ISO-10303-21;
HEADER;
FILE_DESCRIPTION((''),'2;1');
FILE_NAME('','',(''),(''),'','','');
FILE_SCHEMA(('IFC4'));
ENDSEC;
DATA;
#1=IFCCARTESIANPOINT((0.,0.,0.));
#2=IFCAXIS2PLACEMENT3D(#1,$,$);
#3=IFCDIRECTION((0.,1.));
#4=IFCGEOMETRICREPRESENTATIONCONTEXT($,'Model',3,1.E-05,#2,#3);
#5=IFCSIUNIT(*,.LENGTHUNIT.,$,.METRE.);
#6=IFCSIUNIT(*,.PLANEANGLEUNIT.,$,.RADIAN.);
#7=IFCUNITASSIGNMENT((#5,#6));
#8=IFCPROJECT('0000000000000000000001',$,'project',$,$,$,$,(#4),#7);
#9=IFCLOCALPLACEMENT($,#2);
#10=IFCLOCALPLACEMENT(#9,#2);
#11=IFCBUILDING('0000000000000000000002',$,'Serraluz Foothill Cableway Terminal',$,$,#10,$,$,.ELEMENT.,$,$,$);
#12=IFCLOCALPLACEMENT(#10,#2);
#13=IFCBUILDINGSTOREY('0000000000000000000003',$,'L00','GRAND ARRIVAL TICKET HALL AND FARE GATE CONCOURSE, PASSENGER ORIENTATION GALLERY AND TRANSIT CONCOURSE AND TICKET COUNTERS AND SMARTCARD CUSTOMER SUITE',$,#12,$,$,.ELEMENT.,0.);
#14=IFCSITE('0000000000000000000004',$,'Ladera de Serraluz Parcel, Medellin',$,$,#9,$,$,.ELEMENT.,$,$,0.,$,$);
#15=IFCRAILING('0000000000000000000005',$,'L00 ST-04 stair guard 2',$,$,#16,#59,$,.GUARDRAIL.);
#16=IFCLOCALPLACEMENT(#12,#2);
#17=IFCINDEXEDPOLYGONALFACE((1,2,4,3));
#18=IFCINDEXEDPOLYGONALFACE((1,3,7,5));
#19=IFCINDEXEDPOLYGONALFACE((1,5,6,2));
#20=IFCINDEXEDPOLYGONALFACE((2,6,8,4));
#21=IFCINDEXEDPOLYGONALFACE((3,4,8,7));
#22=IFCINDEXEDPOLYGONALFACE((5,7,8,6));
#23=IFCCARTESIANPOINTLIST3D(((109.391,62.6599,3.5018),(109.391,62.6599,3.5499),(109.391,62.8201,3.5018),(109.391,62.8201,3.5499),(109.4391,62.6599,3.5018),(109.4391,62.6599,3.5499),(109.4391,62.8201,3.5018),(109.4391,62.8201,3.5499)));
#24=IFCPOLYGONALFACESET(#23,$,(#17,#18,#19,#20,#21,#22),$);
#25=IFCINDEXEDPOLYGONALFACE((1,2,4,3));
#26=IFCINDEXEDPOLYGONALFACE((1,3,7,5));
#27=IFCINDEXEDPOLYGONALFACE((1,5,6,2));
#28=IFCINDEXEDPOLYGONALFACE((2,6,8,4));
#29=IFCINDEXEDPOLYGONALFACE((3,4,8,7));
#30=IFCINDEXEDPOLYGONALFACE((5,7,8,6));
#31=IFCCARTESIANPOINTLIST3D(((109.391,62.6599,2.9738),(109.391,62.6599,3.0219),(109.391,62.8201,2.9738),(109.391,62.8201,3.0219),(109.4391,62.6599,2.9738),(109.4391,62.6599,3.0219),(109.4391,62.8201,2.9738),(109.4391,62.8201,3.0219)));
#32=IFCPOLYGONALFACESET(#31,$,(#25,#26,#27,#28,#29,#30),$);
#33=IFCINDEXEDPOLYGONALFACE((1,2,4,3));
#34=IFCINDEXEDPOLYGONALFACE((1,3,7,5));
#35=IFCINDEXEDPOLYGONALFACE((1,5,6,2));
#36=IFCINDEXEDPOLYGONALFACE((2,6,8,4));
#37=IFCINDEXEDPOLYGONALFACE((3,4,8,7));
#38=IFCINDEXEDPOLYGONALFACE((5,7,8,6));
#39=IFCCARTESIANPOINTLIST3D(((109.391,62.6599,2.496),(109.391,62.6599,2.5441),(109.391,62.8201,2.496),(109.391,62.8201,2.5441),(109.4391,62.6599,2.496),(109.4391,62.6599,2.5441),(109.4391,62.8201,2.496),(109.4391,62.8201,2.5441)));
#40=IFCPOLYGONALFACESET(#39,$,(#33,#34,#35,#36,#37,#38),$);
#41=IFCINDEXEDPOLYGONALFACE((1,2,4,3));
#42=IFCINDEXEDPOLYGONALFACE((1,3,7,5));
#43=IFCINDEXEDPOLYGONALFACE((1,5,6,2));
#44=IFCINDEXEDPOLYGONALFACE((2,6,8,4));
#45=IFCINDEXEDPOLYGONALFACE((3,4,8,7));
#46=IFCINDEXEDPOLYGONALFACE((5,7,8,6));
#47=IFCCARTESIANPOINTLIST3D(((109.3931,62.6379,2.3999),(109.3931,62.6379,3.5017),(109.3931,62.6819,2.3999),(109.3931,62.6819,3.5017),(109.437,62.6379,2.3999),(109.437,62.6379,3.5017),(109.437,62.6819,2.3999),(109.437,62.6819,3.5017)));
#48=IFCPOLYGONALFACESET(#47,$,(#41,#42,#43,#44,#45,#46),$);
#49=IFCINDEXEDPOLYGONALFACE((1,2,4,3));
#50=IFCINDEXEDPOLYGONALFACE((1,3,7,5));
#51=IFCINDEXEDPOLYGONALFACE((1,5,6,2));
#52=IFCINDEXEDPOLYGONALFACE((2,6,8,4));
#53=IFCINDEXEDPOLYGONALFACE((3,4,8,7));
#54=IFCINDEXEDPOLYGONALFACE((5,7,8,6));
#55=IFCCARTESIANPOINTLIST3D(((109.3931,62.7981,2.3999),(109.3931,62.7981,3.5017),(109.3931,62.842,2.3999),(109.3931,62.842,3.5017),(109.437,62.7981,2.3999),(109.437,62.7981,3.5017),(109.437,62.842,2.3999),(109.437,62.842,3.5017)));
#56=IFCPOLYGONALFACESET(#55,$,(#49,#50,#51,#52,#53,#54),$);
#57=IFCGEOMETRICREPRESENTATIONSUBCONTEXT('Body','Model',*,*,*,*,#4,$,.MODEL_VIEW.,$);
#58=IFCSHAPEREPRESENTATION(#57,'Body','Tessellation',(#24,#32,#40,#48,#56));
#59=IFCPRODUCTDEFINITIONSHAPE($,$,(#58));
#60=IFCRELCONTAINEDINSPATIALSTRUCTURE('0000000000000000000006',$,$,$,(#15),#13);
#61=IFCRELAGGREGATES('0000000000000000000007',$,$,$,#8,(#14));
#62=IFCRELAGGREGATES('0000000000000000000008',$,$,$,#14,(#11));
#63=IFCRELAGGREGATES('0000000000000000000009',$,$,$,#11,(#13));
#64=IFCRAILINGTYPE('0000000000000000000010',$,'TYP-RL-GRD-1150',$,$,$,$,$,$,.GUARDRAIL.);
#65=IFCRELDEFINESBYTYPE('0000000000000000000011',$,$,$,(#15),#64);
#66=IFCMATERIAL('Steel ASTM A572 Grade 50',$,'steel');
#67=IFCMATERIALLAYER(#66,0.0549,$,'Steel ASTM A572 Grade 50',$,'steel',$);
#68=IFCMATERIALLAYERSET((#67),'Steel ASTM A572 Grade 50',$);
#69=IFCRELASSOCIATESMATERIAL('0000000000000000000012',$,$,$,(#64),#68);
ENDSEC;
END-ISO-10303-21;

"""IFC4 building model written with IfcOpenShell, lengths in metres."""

from ifc_helpers import new_model, si_unit, direction, frame, origin, origin_2d, place, context, subcontext, project, spatial, rectangle, extrude, material, layer, layer_set, type_object, element, save


model = new_model("IFC4")

# Units and contexts
model_context = context("Model", 3, precision=1e-05, world=origin(), true_north=direction((0.0, 1.0)))
body_context = subcontext(model_context, "Body", "Model", "MODEL_VIEW")
ifc_project = project(units=[si_unit("LENGTHUNIT", "METRE"), si_unit("PLANEANGLEUNIT", "RADIAN")], contexts=[model_context])

# Site, building, storey
site_placement = place(None, origin())
site = spatial("IfcSite", under=ifc_project, at=site_placement, Name="Ladera de Serraluz Parcel, Medellin", CompositionType="ELEMENT", RefElevation=0.0)
building_placement = place(site_placement, origin())
building = spatial("IfcBuilding", under=site, at=building_placement, Name="Serraluz Foothill Cableway Terminal", CompositionType="ELEMENT")
storey_placement = place(building_placement, origin())
storey = spatial("IfcBuildingStorey", under=building, at=storey_placement, Name="L00", Description="GRAND ARRIVAL TICKET HALL AND FARE GATE CONCOURSE, PASSENGER ORIENTATION GALLERY AND TRANSIT CONCOURSE AND TICKET COUNTERS AND SMARTCARD CUSTOMER SUITE", CompositionType="ELEMENT", Elevation=0.0)

# Railing
ifc_material_1 = material(Name="Steel ASTM A572 Grade 50", Category="steel")
ifc_layer_1 = layer(ifc_material_1, 0.0549, Name="Steel ASTM A572 Grade 50", Category="steel")
ifc_layer_set_1 = layer_set([ifc_layer_1], Name="Steel ASTM A572 Grade 50")
railing_type_1 = type_object("IfcRailingType", Name="TYP-RL-GRD-1150", PredefinedType="GUARDRAIL", material=ifc_layer_set_1)
railing_1_placement = place(storey_placement, frame((109.415, 62.6599, 2.3999)))
element("IfcRailing", 1, at=railing_1_placement, inside=storey, type_object=railing_type_1, Name="L00 ST-04 stair guard 2", PredefinedType="GUARDRAIL", context=body_context, shape_type="SweptSolid", body=[
    extrude(rectangle(XDim=0.0481, YDim=0.0481, at=origin_2d()), frame((0.0, 0.0, 1.126), z_axis=(0.0, 1.0, 0.0), x_axis=(-1.0, 0.0, 0.0)), (0.0, 0.0, 1.0), 0.1602),
    extrude(rectangle(XDim=0.0481, YDim=0.0481, at=origin_2d()), frame((0.0, 0.0, 0.5979), z_axis=(0.0, 1.0, 0.0), x_axis=(-1.0, 0.0, 0.0)), (0.0, 0.0, 1.0), 0.1602),
    extrude(rectangle(XDim=0.0481, YDim=0.0481, at=origin_2d()), frame((0.0, 0.0, 0.1201), z_axis=(0.0, 1.0, 0.0), x_axis=(-1.0, 0.0, 0.0)), (0.0, 0.0, 1.0), 0.1602),
    extrude(rectangle(XDim=0.0439, YDim=0.0439, at=origin_2d()), origin(), (0.0, 0.0, 1.0), 1.1018),
    extrude(rectangle(XDim=0.0439, YDim=0.0439, at=origin_2d()), frame((0.0, 0.1602, 0.0)), (0.0, 0.0, 1.0), 1.1018),
])

save(model, "model.ifc")
